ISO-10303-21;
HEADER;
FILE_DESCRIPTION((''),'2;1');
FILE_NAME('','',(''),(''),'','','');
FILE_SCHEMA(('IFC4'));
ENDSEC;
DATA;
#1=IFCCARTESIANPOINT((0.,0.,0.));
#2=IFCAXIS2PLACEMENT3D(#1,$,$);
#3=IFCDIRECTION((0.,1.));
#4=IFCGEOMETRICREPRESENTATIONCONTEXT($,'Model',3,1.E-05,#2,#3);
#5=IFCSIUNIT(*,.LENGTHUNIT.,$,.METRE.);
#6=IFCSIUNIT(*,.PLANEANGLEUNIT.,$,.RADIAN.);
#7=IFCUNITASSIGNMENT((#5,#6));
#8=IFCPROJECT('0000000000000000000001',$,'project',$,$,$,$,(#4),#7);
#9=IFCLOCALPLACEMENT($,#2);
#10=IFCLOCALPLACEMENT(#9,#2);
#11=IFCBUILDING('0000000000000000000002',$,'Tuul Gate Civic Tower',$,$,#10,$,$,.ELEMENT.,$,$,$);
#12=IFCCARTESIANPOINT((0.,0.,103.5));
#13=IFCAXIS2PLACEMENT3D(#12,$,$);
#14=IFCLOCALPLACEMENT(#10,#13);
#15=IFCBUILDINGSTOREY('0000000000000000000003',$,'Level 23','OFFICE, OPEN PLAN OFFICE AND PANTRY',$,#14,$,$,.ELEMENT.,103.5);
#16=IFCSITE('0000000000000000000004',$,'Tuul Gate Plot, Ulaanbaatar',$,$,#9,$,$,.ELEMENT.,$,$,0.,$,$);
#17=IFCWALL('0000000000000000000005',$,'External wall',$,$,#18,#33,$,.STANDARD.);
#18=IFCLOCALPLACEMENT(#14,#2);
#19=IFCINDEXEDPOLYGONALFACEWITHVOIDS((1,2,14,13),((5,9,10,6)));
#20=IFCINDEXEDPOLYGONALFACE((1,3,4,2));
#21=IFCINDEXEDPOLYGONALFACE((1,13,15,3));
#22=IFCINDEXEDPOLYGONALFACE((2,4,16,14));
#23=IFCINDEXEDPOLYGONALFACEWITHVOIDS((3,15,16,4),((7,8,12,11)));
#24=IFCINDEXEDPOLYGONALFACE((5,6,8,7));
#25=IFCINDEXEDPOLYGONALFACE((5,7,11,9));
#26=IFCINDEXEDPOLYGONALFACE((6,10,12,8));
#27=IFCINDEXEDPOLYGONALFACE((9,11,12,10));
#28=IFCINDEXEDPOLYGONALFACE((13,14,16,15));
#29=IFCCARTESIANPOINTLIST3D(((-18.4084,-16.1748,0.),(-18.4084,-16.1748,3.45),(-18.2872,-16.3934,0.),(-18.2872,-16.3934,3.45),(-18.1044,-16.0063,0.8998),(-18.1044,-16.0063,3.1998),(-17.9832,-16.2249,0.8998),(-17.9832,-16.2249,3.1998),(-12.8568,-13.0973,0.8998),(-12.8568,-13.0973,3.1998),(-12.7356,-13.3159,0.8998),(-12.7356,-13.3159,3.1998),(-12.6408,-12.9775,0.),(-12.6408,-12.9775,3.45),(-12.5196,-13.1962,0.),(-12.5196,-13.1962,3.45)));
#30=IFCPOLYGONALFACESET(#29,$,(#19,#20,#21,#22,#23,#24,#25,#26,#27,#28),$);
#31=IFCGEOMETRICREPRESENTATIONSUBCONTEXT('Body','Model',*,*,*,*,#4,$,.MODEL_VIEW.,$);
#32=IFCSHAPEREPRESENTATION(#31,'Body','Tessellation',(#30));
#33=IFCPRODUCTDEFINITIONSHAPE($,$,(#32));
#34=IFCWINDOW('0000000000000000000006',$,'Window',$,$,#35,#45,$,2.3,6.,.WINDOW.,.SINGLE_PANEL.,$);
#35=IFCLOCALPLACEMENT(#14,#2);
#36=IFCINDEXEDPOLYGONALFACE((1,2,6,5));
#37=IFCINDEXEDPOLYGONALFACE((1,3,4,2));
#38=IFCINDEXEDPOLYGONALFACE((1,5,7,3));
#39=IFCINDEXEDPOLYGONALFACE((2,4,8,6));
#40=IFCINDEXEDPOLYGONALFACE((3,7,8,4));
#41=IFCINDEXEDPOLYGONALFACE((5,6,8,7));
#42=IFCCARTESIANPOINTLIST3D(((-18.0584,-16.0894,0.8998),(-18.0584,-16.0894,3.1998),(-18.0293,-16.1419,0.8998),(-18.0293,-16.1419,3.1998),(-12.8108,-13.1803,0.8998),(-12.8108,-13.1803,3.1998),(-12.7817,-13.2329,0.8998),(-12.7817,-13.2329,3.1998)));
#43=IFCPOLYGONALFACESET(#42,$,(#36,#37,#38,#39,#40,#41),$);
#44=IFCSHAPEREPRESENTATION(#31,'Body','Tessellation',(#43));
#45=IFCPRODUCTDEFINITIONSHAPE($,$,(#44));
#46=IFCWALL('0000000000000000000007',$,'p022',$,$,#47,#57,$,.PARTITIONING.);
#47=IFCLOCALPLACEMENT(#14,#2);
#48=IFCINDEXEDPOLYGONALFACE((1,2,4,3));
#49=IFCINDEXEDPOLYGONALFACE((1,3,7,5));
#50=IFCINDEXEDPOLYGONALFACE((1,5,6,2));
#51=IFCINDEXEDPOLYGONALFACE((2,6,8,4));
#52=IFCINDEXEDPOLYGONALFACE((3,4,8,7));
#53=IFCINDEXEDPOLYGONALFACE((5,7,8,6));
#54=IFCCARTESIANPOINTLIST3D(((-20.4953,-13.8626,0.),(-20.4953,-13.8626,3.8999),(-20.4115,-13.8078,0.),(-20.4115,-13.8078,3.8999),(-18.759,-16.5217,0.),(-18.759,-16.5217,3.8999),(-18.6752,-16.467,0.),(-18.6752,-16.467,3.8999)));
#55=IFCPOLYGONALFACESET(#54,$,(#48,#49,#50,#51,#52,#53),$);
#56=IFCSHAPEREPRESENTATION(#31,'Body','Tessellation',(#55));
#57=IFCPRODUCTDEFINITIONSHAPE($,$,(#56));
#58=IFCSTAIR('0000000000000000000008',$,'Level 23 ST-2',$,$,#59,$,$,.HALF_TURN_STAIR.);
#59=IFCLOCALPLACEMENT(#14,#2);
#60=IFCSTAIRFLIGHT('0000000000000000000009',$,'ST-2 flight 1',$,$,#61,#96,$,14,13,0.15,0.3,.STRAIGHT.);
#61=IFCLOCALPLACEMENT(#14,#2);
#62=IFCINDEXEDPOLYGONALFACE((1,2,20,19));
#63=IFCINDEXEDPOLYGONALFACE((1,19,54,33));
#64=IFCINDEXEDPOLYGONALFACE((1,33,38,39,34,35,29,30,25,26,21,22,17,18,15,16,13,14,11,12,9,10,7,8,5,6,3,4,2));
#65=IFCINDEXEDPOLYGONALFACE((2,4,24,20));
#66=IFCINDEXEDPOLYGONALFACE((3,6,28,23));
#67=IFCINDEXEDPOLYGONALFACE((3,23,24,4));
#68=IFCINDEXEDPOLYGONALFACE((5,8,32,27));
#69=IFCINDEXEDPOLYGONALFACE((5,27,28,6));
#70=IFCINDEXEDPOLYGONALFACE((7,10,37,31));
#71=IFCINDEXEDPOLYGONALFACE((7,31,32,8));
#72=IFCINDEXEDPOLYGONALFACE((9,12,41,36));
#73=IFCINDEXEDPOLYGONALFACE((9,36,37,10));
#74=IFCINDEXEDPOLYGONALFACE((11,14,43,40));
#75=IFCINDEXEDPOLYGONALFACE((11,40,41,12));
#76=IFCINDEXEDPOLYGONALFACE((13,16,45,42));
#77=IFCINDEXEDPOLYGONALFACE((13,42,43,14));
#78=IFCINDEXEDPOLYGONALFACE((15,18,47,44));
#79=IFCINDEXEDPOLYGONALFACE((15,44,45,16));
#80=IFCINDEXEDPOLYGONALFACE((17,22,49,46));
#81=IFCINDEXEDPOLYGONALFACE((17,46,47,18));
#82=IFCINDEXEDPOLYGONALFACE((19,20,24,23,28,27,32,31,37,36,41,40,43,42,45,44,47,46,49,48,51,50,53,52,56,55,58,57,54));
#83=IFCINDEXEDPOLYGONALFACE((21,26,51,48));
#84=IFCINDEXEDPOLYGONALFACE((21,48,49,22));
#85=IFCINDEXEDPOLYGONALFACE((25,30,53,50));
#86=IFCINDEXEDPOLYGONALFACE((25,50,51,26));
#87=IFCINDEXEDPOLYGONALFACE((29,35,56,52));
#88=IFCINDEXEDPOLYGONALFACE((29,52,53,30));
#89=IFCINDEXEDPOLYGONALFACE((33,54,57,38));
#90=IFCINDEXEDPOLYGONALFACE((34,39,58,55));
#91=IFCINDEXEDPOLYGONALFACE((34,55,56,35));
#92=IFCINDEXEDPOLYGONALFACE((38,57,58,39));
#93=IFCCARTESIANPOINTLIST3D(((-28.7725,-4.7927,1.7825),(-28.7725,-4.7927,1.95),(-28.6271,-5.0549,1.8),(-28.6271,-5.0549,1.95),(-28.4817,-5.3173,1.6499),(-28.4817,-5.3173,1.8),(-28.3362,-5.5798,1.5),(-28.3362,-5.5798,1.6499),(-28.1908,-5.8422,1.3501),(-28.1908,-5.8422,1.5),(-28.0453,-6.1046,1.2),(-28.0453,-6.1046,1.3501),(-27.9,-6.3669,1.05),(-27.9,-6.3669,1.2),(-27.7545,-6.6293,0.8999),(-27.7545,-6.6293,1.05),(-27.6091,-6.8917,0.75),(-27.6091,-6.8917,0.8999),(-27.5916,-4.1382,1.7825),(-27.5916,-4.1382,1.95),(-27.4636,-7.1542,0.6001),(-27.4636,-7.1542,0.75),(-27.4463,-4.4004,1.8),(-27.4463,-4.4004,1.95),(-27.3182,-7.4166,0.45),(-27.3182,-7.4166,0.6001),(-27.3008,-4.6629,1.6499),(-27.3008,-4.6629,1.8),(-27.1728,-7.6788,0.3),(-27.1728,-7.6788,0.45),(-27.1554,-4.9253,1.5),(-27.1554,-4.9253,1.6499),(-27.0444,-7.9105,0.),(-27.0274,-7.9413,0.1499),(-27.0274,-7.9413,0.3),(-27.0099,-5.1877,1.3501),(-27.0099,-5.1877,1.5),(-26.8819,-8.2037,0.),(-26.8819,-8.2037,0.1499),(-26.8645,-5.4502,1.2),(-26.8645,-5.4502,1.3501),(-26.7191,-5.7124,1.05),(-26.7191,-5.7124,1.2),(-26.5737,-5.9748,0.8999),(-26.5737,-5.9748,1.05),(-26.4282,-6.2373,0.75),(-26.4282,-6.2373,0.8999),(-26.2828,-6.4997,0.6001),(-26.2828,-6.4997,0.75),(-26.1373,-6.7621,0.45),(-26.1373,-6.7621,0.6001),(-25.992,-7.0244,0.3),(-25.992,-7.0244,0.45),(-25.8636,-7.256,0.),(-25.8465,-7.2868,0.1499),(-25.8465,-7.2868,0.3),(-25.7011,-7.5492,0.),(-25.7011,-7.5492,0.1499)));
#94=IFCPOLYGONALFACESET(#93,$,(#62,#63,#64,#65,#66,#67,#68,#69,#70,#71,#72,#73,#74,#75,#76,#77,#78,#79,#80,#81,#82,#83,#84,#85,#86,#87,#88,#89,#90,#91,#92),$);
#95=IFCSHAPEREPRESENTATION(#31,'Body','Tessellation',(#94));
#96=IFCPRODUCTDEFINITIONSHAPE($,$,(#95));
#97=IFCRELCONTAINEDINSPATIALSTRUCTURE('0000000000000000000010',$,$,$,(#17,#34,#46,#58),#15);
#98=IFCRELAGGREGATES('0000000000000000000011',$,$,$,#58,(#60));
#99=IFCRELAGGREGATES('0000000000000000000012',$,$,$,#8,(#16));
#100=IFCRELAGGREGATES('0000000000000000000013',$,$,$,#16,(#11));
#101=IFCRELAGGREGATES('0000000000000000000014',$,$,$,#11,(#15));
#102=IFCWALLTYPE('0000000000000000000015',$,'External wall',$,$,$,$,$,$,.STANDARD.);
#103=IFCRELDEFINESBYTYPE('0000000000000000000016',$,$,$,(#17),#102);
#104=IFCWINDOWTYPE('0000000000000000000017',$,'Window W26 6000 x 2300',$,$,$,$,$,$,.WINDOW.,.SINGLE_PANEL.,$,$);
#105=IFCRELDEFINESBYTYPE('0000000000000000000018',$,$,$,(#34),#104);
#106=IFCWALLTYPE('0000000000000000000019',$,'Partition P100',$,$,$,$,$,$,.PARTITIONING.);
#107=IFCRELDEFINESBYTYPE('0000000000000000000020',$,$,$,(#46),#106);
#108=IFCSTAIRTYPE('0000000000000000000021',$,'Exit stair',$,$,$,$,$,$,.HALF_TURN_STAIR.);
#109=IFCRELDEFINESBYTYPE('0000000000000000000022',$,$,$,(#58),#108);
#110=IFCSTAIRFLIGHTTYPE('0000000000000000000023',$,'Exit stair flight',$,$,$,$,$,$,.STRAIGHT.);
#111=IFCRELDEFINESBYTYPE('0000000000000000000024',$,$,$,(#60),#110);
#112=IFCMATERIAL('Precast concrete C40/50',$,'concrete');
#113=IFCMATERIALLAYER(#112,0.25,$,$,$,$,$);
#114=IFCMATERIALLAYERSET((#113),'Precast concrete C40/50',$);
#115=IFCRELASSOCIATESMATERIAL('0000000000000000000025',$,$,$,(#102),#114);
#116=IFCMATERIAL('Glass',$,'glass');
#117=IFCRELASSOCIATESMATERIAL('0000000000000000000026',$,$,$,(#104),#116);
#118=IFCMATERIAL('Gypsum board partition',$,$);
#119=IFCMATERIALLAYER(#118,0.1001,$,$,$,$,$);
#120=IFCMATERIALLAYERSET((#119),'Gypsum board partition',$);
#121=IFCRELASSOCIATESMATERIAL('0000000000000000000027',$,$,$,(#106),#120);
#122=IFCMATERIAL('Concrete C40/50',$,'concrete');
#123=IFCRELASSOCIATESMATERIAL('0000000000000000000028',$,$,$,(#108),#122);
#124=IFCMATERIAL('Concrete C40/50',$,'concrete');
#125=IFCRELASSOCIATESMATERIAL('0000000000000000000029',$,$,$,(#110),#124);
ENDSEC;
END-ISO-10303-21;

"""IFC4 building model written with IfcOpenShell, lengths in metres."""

from ifc_helpers import new_model, si_unit, direction, frame, frame_2d, origin, place, context, subcontext, project, spatial, polyline, rectangle, outline, extrude, material, layer, layer_set, type_object, element, fill, aggregate, save


model = new_model("IFC4")

# Units and contexts
model_context = context("Model", 3, precision=1e-05, world=origin(), true_north=direction((0.0, 1.0)))
body_context = subcontext(model_context, "Body", "Model", "MODEL_VIEW")
ifc_project = project(units=[si_unit("LENGTHUNIT", "METRE"), si_unit("PLANEANGLEUNIT", "RADIAN")], contexts=[model_context])

# Site, building, storey
site_placement = place(None, origin())
site = spatial("IfcSite", under=ifc_project, at=site_placement, Name="Tuul Gate Plot, Ulaanbaatar", CompositionType="ELEMENT", RefElevation=0.0)
building_placement = place(site_placement, origin())
building = spatial("IfcBuilding", under=site, at=building_placement, Name="Tuul Gate Civic Tower", CompositionType="ELEMENT")
storey_placement = place(building_placement, frame((0.0, 0.0, 103.5)))
storey = spatial("IfcBuildingStorey", under=building, at=storey_placement, Name="Level 23", Description="OFFICE, OPEN PLAN OFFICE AND PANTRY", CompositionType="ELEMENT", Elevation=103.5)

# Wall, opening, window
ifc_material_1 = material(Name="Precast concrete C40/50", Category="concrete")
ifc_layer_1 = layer(ifc_material_1, 0.25)
ifc_layer_set_1 = layer_set([ifc_layer_1], Name="Precast concrete C40/50")
wall_type_1 = type_object("IfcWallType", Name="External wall", PredefinedType="STANDARD", material=ifc_layer_set_1)
ifc_material_2 = material(Name="Glass", Category="glass")
window_type = type_object("IfcWindowType", Name="Window W26 6000 x 2300", PartitioningType="SINGLE_PANEL", PredefinedType="WINDOW", material=ifc_material_2)
wall_1_placement = place(storey_placement, frame((-18.3479, -16.2842, 0.0), z_axis=(0.0, 0.0, 1.0), x_axis=(0.874604, 0.484838, 0.0)))
wall_1 = element("IfcWall", 1, at=wall_1_placement, inside=storey, type_object=wall_type_1, Name="External wall", PredefinedType="STANDARD", context=body_context, shape_type="SweptSolid", body=[
    extrude(rectangle(XDim=6.5945, YDim=0.25, at=frame_2d((3.2974, 0.0))), origin(), (0.0, 0.0, 1.0), 3.45),
])
opening_1_placement = place(wall_1_placement, frame((0.3477, 0.0, 0.8999)))
opening_1 = element("IfcOpeningElement", 2, at=opening_1_placement, cuts=wall_1, PredefinedType="OPENING", context=body_context, shape_type="SweptSolid", body=[
    extrude(rectangle(XDim=6.0, YDim=2.3, at=frame_2d((3.0, 1.1499))), frame((0.0, 0.135, 0.0), z_axis=(0.0, -1.0, 0.0), x_axis=(1.0, 0.0, 0.0)), (0.0, 0.0, 1.0), 0.27),
])
window_1_placement = place(opening_1_placement, origin())
window_1 = element("IfcWindow", 3, at=window_1_placement, inside=storey, type_object=window_type, Name="Window", OverallHeight=2.3, OverallWidth=6.0, PartitioningType="SINGLE_PANEL", PredefinedType="WINDOW", context=body_context, shape_type="SweptSolid", body=[
    extrude(rectangle(XDim=6.0, YDim=2.3, at=frame_2d((3.0, 1.1499))), frame((0.0, 0.03, 0.0), z_axis=(0.0, -1.0, 0.0), x_axis=(1.0, 0.0, 0.0)), (0.0, 0.0, 1.0), 0.0601),
])
fill(opening_1, window_1)

# Wall
ifc_material_3 = material(Name="Gypsum board partition")
ifc_layer_2 = layer(ifc_material_3, 0.1001)
ifc_layer_set_2 = layer_set([ifc_layer_2], Name="Gypsum board partition")
wall_type_2 = type_object("IfcWallType", Name="Partition P100", PredefinedType="PARTITIONING", material=ifc_layer_set_2)
wall_2_placement = place(storey_placement, frame((-20.4534, -13.8352, 0.0), z_axis=(0.0, 0.0, 1.0), x_axis=(0.546727, -0.837311, 0.0)))
element("IfcWall", 4, at=wall_2_placement, inside=storey, type_object=wall_type_2, Name="p022", PredefinedType="PARTITIONING", context=body_context, shape_type="SweptSolid", body=[
    extrude(rectangle(XDim=3.1758, YDim=0.1001, at=frame_2d((1.5879, 0.0))), origin(), (0.0, 0.0, 1.0), 3.8999),
])

# Stair, stair flight
ifc_material_4 = material(Name="Concrete C40/50", Category="concrete")
stair_type = type_object("IfcStairType", Name="Exit stair", PredefinedType="HALF_TURN_STAIR", material=ifc_material_4)
stair_placement = place(storey_placement, origin())
stair = element("IfcStair", 5, at=stair_placement, inside=storey, type_object=stair_type, Name="Level 23 ST-2", PredefinedType="HALF_TURN_STAIR")
ifc_material_5 = material(Name="Concrete C40/50", Category="concrete")
stair_flight_type = type_object("IfcStairFlightType", Name="Exit stair flight", PredefinedType="STRAIGHT", material=ifc_material_5)
stair_flight_placement = place(storey_placement, frame((-26.2915, -7.8765, 0.0), z_axis=(0.0, 0.0, 1.0), x_axis=(-0.484762, 0.874646, 0.0)))
stair_flight = element("IfcStairFlight", 6, at=stair_flight_placement, type_object=stair_flight_type, Name="ST-2 flight 1", NumberOfRisers=14, NumberOfTreads=13, PredefinedType="STRAIGHT", RiserHeight=0.15, TreadLength=0.3, context=body_context, shape_type="SweptSolid", body=[
    extrude(outline(polyline([(0.0, 0.0), (0.0, 0.1499), (0.3, 0.1499), (0.3, 0.3), (0.6001, 0.3), (0.6001, 0.45), (0.8999, 0.45), (0.8999, 0.6001), (1.2, 0.6001), (1.2, 0.75), (1.5, 0.75), (1.5, 0.8999), (1.8, 0.8999), (1.8, 1.05), (2.1001, 1.05), (2.1001, 1.2), (2.3999, 1.2), (2.3999, 1.3501), (2.7, 1.3501), (2.7, 1.5), (3.0, 1.5), (3.0, 1.6499), (3.3, 1.6499), (3.3, 1.8), (3.6001, 1.8), (3.6001, 1.95), (3.8999, 1.95), (3.8999, 2.1001), (3.8999, 1.7825), (0.3352, 0.0), (0.0, 0.0)])), frame((0.0, 0.675, 0.0), z_axis=(0.0, -1.0, 0.0), x_axis=(1.0, 0.0, 0.0)), (0.0, 0.0, 1.0), 1.3501),
])
aggregate(stair, [stair_flight])

save(model, "model.ifc")
